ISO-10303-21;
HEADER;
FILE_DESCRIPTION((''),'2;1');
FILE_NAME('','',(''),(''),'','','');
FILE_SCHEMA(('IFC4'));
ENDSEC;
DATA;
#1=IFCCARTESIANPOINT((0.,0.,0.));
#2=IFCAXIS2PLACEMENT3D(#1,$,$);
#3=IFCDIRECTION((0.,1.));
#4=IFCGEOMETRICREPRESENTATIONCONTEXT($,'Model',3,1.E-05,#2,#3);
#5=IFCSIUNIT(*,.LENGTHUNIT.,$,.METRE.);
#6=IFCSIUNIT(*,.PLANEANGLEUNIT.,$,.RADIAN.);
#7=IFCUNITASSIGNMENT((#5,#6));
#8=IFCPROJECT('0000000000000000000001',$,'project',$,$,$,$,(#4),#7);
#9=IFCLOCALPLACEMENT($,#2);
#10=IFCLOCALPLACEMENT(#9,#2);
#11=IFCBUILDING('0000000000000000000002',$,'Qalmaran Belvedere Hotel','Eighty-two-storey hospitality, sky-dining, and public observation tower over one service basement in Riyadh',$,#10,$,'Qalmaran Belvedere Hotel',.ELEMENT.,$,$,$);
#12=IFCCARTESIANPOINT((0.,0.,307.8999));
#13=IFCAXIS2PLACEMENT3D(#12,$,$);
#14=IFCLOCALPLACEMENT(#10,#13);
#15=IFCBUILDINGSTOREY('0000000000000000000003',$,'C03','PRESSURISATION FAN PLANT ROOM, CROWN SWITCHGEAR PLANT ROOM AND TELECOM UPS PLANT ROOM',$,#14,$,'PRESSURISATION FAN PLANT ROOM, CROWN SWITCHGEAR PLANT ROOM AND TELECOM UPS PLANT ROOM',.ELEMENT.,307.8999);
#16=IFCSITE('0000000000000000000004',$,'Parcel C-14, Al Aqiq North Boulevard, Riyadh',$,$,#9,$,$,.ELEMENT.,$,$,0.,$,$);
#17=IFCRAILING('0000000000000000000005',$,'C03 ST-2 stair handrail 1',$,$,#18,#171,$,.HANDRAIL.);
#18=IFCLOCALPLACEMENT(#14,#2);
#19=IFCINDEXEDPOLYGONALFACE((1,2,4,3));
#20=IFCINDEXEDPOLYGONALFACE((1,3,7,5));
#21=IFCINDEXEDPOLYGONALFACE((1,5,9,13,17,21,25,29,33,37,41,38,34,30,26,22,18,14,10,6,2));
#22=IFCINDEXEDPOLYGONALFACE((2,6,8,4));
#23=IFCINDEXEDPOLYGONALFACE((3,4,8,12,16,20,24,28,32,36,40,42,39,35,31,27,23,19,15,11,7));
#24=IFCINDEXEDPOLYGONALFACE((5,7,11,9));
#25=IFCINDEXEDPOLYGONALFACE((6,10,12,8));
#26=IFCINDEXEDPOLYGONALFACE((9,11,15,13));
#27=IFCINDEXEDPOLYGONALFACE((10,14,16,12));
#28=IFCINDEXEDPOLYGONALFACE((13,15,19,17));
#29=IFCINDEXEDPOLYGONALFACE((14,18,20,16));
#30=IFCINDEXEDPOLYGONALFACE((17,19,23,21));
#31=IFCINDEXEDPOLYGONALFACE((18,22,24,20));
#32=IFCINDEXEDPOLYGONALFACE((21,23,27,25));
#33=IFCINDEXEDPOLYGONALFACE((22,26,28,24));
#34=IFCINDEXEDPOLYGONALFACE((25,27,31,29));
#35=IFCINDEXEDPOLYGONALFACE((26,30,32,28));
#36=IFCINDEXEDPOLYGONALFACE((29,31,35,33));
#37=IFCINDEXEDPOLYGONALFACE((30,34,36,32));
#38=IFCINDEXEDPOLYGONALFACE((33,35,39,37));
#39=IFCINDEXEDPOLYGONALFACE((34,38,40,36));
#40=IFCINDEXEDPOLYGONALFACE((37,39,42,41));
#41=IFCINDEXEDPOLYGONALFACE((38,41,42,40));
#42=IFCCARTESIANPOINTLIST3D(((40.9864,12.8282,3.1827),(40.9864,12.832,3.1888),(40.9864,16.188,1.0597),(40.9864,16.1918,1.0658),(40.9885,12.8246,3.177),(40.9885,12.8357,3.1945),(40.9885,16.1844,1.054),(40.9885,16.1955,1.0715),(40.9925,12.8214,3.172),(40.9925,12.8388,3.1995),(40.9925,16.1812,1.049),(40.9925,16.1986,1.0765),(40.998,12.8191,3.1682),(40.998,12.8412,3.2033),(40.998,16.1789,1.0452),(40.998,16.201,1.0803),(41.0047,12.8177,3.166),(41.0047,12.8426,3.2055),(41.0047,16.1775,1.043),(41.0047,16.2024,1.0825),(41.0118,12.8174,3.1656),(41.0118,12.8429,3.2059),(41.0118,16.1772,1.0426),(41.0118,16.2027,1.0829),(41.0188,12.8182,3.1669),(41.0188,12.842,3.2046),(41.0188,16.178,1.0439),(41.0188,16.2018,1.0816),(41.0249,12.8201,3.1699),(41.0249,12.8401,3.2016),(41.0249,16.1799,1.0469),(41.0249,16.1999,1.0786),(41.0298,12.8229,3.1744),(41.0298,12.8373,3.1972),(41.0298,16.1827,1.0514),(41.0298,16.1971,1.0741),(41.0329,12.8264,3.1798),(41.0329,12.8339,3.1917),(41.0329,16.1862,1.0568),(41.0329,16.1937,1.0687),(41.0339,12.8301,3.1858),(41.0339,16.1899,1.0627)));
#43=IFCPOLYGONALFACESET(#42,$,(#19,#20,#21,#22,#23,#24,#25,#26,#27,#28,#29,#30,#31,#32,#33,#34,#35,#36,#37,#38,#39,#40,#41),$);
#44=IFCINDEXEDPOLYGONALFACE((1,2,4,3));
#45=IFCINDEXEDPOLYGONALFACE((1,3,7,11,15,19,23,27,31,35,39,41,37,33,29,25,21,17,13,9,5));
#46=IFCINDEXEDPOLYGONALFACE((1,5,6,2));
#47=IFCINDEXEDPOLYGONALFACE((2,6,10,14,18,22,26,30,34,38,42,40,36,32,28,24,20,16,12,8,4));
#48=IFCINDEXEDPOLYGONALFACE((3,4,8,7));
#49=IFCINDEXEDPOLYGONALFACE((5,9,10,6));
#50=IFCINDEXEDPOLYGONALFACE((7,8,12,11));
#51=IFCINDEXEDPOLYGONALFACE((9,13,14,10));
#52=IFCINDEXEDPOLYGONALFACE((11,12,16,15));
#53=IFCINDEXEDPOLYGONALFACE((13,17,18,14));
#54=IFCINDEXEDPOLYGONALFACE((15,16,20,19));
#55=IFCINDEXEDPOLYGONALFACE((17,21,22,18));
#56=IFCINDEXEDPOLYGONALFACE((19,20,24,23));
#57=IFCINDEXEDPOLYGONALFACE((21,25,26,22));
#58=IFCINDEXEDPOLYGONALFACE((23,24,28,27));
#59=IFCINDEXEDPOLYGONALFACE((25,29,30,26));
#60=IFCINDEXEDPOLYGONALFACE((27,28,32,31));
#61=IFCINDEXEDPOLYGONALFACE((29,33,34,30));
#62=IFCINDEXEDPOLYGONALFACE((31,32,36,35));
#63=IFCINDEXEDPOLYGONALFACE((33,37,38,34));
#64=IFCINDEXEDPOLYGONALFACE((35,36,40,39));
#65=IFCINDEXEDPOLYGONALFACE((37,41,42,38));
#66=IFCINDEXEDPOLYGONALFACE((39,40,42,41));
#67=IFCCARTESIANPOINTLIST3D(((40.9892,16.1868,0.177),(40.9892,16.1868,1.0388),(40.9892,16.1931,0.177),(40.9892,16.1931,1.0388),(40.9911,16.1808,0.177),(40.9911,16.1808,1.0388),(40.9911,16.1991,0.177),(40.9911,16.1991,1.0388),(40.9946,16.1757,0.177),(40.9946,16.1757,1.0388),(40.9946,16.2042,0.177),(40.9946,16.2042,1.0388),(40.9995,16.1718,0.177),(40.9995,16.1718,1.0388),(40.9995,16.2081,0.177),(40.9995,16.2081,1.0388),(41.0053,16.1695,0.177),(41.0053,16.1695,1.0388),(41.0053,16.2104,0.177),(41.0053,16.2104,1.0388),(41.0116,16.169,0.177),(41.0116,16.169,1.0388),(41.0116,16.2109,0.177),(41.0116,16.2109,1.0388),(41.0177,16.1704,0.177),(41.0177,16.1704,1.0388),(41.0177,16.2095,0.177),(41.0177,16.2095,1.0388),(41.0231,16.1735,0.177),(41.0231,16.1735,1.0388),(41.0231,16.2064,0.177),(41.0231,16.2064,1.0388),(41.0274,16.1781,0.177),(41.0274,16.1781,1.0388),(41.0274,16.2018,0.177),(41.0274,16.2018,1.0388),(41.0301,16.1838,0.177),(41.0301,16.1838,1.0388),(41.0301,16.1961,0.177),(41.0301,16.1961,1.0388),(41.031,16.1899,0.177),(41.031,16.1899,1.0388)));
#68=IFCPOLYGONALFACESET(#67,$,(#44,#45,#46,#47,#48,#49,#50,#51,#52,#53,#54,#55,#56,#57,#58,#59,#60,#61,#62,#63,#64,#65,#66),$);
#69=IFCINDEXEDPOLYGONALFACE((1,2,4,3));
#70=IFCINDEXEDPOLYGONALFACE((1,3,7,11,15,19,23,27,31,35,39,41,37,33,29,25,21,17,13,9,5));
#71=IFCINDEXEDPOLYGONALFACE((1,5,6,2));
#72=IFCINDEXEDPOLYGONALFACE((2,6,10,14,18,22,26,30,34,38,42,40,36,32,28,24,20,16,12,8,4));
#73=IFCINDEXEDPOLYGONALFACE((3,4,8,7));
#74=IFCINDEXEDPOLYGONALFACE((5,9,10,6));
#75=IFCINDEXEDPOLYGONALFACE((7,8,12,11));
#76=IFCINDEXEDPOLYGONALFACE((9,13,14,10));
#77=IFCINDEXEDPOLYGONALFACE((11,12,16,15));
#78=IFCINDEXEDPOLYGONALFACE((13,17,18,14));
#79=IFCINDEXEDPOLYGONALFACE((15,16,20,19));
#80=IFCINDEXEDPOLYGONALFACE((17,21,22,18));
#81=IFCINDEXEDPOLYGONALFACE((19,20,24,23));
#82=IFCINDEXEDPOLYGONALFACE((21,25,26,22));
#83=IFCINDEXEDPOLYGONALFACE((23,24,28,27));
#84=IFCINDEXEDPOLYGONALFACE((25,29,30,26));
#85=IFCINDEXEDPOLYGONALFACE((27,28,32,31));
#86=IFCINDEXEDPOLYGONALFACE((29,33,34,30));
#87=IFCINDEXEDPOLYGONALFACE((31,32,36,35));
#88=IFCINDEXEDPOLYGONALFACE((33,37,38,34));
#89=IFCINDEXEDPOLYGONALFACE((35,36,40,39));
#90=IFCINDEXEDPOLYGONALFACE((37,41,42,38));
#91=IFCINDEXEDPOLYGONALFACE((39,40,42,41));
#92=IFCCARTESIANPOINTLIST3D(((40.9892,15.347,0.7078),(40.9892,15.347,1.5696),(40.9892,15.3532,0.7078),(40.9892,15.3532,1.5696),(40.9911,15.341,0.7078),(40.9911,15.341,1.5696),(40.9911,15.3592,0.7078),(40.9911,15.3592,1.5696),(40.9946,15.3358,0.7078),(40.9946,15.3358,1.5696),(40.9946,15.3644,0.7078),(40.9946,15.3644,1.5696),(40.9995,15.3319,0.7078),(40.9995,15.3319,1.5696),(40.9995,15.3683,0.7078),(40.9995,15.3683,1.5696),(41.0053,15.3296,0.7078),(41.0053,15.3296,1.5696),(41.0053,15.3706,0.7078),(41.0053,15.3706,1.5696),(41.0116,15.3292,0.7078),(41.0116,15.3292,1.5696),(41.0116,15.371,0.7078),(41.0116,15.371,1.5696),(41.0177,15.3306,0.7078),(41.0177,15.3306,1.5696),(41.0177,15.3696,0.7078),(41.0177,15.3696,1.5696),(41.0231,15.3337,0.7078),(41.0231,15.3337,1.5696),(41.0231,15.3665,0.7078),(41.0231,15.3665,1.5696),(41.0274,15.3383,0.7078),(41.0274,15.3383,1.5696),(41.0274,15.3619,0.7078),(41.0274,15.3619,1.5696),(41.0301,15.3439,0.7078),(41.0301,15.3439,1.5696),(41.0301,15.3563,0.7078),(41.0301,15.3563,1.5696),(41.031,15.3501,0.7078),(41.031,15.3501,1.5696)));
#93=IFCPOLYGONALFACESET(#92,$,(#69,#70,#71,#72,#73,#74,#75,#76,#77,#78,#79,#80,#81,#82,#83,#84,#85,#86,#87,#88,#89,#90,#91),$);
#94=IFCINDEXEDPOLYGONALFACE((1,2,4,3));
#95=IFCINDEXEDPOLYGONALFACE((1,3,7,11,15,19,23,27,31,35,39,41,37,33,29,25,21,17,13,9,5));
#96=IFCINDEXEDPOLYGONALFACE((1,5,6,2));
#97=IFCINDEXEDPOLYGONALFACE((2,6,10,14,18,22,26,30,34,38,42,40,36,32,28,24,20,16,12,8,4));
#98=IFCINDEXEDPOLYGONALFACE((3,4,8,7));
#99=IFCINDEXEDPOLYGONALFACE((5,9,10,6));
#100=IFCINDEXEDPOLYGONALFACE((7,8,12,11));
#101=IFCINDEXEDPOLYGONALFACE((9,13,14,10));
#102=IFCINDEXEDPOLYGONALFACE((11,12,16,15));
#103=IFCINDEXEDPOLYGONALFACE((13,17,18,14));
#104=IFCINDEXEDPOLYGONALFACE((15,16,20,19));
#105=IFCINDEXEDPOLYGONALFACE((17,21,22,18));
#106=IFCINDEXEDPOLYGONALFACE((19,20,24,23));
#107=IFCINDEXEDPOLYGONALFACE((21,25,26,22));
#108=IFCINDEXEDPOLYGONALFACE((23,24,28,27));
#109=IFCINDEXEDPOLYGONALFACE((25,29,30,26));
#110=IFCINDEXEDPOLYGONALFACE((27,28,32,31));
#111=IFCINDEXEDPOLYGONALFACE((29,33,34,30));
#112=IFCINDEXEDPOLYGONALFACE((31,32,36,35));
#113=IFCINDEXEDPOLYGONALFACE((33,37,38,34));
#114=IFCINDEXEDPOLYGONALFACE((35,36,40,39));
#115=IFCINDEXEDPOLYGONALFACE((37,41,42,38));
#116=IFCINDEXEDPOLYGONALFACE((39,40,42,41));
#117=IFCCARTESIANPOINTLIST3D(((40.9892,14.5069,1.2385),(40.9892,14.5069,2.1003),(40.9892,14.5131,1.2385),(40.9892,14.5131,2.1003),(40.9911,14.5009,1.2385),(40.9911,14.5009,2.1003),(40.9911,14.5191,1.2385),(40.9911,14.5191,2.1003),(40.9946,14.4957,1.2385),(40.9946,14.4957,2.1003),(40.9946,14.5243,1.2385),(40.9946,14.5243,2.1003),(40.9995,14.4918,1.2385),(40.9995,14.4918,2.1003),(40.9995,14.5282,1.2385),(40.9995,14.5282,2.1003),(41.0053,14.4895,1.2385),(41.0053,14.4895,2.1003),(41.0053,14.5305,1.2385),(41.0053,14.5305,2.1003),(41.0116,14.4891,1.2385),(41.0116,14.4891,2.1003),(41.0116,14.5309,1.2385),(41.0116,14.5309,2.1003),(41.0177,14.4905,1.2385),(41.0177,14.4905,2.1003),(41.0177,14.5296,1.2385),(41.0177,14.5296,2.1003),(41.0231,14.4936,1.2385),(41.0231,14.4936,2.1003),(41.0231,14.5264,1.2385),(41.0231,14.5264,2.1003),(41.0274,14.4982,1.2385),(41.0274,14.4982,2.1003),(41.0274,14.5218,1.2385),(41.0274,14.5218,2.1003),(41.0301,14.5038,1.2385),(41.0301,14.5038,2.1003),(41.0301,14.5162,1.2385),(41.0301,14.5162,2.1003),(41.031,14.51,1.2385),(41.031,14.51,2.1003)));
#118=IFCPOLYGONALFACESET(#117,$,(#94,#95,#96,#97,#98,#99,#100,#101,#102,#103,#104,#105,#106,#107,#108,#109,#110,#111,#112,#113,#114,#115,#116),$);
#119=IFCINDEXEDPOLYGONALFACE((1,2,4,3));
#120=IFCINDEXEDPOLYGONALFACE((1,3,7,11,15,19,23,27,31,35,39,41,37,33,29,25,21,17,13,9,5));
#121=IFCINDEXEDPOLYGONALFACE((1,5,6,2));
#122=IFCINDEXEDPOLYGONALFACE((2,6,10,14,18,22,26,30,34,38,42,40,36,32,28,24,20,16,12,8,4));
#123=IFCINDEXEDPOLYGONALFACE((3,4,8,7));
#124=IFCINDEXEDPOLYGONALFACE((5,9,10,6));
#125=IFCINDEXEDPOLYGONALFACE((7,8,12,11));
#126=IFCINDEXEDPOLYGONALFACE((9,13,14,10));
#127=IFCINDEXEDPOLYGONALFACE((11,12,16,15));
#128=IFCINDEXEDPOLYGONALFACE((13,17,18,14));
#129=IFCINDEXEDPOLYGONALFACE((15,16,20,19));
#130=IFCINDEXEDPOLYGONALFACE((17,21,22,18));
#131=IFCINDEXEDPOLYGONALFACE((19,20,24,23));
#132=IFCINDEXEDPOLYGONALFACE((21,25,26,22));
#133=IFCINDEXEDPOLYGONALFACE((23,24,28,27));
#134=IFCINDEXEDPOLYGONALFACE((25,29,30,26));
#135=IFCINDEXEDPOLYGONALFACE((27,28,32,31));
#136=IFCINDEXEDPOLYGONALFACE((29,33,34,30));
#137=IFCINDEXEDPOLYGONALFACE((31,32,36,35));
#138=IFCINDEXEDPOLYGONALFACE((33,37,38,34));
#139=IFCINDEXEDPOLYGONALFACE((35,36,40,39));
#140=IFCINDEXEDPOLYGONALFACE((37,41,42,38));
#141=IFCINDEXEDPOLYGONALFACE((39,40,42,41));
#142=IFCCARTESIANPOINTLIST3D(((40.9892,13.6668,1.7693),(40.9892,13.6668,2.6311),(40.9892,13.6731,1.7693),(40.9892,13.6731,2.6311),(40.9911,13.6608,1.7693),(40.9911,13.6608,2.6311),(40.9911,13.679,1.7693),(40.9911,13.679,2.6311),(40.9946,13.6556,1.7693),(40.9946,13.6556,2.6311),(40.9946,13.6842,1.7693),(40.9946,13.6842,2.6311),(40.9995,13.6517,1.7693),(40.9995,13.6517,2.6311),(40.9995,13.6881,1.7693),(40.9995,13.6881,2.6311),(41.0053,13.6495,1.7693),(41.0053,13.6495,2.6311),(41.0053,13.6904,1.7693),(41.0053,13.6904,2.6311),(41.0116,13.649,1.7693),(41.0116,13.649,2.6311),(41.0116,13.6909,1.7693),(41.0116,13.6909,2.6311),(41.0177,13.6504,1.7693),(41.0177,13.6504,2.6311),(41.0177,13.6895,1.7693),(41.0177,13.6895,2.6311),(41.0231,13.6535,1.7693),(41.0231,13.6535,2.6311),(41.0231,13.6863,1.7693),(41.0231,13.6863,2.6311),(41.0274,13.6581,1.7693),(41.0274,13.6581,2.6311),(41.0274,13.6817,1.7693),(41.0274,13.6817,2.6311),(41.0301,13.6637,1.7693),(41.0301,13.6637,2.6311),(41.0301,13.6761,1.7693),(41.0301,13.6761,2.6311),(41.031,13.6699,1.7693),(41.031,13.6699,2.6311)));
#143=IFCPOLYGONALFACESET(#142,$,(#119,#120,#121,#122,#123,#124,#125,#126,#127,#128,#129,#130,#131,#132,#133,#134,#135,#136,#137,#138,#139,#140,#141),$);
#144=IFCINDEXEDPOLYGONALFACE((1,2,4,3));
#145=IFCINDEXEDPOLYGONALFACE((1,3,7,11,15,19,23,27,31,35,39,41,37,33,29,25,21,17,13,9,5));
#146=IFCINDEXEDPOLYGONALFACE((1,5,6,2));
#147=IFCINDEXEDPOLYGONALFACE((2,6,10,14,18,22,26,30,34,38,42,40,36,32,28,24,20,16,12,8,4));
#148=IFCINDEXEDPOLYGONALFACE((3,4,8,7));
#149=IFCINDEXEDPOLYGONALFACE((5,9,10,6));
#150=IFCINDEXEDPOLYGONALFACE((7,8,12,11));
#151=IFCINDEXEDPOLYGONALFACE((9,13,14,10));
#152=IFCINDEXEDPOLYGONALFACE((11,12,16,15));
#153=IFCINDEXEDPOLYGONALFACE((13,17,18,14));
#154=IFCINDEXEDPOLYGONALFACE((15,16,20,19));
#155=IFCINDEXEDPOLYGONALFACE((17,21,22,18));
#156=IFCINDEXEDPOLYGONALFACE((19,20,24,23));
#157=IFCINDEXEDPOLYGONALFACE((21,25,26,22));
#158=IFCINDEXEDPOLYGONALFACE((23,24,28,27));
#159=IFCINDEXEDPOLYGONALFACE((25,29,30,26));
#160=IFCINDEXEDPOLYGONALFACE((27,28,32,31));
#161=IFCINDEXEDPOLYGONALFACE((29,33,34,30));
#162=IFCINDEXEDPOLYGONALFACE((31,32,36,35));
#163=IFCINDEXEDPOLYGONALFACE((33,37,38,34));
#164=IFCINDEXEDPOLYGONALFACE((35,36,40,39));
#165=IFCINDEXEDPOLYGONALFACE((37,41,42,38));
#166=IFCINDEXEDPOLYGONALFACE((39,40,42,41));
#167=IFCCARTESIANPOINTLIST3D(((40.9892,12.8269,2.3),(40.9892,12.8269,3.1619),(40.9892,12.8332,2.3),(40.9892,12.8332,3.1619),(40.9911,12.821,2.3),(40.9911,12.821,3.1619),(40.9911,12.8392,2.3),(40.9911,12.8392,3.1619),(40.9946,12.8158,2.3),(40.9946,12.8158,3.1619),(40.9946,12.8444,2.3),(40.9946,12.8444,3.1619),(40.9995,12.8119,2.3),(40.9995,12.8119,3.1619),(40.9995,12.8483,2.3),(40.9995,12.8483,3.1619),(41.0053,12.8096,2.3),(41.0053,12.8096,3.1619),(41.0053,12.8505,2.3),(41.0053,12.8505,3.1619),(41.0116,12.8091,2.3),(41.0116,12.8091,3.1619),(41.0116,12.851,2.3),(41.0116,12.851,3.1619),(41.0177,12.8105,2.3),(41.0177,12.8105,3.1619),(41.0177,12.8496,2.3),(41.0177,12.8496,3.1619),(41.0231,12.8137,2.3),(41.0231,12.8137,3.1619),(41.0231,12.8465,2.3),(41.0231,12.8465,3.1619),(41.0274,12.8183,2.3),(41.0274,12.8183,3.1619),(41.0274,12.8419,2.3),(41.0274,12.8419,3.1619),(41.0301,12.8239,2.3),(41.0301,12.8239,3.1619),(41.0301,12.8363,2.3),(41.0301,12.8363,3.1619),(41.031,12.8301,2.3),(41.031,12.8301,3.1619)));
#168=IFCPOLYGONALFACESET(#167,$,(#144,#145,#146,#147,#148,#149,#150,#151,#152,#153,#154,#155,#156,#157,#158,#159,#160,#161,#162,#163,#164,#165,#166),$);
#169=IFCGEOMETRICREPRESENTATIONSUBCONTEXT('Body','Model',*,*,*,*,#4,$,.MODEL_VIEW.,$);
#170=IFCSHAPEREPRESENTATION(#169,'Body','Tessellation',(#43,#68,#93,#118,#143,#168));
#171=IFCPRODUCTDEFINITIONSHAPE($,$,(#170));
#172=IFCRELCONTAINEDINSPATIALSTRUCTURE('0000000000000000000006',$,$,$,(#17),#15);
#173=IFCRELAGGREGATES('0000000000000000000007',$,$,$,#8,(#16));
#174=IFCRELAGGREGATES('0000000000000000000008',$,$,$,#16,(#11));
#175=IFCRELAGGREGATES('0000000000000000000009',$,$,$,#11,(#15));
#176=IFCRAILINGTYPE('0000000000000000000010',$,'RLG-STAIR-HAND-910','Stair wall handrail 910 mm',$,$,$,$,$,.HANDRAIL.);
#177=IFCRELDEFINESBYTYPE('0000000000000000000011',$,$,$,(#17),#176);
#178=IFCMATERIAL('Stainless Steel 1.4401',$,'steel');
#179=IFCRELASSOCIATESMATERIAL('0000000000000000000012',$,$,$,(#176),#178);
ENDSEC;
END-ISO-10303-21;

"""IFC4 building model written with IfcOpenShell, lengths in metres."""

from ifc_helpers import new_model, si_unit, direction, frame, origin, origin_2d, place, context, subcontext, project, spatial, circle, extrude, material, type_object, element, save


model = new_model("IFC4")

# Units and contexts
model_context = context("Model", 3, precision=1e-05, world=origin(), true_north=direction((0.0, 1.0)))
body_context = subcontext(model_context, "Body", "Model", "MODEL_VIEW")
ifc_project = project(units=[si_unit("LENGTHUNIT", "METRE"), si_unit("PLANEANGLEUNIT", "RADIAN")], contexts=[model_context])

# Site, building, storey
site_placement = place(None, origin())
site = spatial("IfcSite", under=ifc_project, at=site_placement, Name="Parcel C-14, Al Aqiq North Boulevard, Riyadh", CompositionType="ELEMENT", RefElevation=0.0)
building_placement = place(site_placement, origin())
building = spatial("IfcBuilding", under=site, at=building_placement, Name="Qalmaran Belvedere Hotel", Description="Eighty-two-storey hospitality, sky-dining, and public observation tower over one service basement in Riyadh", LongName="Qalmaran Belvedere Hotel", CompositionType="ELEMENT")
storey_placement = place(building_placement, frame((0.0, 0.0, 307.8999)))
storey = spatial("IfcBuildingStorey", under=building, at=storey_placement, Name="C03", Description="PRESSURISATION FAN PLANT ROOM, CROWN SWITCHGEAR PLANT ROOM AND TELECOM UPS PLANT ROOM", LongName="PRESSURISATION FAN PLANT ROOM, CROWN SWITCHGEAR PLANT ROOM AND TELECOM UPS PLANT ROOM", CompositionType="ELEMENT", Elevation=307.8999)

# Railing
ifc_material_1 = material(Name="Stainless Steel 1.4401", Category="steel")
railing_type_1 = type_object("IfcRailingType", Name="RLG-STAIR-HAND-910", Description="Stair wall handrail 910 mm", PredefinedType="HANDRAIL", material=ifc_material_1)
railing_1_placement = place(storey_placement, frame((41.01, 16.1899, 0.177)))
element("IfcRailing", 1, at=railing_1_placement, inside=storey, type_object=railing_type_1, Name="C03 ST-2 stair handrail 1", PredefinedType="HANDRAIL", context=body_context, shape_type="SweptSolid", body=[
    extrude(circle(Radius=0.0239, at=origin_2d()), frame((0.0, 0.0, 0.8857), z_axis=(0.0, -0.845372, 0.534178), x_axis=(1.0, 0.0, 0.0)), (0.0, 0.0, 1.0), 3.9744),
    extrude(circle(Radius=0.021, at=origin_2d()), origin(), (0.0, 0.0, 1.0), 0.8618),
    extrude(circle(Radius=0.021, at=origin_2d()), frame((0.0, -0.8398, 0.5308)), (0.0, 0.0, 1.0), 0.8618),
    extrude(circle(Radius=0.021, at=origin_2d()), frame((0.0, -1.6799, 1.0615)), (0.0, 0.0, 1.0), 0.8618),
    extrude(circle(Radius=0.021, at=origin_2d()), frame((0.0, -2.52, 1.5923)), (0.0, 0.0, 1.0), 0.8618),
    extrude(circle(Radius=0.021, at=origin_2d()), frame((0.0, -3.3599, 2.123)), (0.0, 0.0, 1.0), 0.8618),
])

save(model, "model.ifc")
